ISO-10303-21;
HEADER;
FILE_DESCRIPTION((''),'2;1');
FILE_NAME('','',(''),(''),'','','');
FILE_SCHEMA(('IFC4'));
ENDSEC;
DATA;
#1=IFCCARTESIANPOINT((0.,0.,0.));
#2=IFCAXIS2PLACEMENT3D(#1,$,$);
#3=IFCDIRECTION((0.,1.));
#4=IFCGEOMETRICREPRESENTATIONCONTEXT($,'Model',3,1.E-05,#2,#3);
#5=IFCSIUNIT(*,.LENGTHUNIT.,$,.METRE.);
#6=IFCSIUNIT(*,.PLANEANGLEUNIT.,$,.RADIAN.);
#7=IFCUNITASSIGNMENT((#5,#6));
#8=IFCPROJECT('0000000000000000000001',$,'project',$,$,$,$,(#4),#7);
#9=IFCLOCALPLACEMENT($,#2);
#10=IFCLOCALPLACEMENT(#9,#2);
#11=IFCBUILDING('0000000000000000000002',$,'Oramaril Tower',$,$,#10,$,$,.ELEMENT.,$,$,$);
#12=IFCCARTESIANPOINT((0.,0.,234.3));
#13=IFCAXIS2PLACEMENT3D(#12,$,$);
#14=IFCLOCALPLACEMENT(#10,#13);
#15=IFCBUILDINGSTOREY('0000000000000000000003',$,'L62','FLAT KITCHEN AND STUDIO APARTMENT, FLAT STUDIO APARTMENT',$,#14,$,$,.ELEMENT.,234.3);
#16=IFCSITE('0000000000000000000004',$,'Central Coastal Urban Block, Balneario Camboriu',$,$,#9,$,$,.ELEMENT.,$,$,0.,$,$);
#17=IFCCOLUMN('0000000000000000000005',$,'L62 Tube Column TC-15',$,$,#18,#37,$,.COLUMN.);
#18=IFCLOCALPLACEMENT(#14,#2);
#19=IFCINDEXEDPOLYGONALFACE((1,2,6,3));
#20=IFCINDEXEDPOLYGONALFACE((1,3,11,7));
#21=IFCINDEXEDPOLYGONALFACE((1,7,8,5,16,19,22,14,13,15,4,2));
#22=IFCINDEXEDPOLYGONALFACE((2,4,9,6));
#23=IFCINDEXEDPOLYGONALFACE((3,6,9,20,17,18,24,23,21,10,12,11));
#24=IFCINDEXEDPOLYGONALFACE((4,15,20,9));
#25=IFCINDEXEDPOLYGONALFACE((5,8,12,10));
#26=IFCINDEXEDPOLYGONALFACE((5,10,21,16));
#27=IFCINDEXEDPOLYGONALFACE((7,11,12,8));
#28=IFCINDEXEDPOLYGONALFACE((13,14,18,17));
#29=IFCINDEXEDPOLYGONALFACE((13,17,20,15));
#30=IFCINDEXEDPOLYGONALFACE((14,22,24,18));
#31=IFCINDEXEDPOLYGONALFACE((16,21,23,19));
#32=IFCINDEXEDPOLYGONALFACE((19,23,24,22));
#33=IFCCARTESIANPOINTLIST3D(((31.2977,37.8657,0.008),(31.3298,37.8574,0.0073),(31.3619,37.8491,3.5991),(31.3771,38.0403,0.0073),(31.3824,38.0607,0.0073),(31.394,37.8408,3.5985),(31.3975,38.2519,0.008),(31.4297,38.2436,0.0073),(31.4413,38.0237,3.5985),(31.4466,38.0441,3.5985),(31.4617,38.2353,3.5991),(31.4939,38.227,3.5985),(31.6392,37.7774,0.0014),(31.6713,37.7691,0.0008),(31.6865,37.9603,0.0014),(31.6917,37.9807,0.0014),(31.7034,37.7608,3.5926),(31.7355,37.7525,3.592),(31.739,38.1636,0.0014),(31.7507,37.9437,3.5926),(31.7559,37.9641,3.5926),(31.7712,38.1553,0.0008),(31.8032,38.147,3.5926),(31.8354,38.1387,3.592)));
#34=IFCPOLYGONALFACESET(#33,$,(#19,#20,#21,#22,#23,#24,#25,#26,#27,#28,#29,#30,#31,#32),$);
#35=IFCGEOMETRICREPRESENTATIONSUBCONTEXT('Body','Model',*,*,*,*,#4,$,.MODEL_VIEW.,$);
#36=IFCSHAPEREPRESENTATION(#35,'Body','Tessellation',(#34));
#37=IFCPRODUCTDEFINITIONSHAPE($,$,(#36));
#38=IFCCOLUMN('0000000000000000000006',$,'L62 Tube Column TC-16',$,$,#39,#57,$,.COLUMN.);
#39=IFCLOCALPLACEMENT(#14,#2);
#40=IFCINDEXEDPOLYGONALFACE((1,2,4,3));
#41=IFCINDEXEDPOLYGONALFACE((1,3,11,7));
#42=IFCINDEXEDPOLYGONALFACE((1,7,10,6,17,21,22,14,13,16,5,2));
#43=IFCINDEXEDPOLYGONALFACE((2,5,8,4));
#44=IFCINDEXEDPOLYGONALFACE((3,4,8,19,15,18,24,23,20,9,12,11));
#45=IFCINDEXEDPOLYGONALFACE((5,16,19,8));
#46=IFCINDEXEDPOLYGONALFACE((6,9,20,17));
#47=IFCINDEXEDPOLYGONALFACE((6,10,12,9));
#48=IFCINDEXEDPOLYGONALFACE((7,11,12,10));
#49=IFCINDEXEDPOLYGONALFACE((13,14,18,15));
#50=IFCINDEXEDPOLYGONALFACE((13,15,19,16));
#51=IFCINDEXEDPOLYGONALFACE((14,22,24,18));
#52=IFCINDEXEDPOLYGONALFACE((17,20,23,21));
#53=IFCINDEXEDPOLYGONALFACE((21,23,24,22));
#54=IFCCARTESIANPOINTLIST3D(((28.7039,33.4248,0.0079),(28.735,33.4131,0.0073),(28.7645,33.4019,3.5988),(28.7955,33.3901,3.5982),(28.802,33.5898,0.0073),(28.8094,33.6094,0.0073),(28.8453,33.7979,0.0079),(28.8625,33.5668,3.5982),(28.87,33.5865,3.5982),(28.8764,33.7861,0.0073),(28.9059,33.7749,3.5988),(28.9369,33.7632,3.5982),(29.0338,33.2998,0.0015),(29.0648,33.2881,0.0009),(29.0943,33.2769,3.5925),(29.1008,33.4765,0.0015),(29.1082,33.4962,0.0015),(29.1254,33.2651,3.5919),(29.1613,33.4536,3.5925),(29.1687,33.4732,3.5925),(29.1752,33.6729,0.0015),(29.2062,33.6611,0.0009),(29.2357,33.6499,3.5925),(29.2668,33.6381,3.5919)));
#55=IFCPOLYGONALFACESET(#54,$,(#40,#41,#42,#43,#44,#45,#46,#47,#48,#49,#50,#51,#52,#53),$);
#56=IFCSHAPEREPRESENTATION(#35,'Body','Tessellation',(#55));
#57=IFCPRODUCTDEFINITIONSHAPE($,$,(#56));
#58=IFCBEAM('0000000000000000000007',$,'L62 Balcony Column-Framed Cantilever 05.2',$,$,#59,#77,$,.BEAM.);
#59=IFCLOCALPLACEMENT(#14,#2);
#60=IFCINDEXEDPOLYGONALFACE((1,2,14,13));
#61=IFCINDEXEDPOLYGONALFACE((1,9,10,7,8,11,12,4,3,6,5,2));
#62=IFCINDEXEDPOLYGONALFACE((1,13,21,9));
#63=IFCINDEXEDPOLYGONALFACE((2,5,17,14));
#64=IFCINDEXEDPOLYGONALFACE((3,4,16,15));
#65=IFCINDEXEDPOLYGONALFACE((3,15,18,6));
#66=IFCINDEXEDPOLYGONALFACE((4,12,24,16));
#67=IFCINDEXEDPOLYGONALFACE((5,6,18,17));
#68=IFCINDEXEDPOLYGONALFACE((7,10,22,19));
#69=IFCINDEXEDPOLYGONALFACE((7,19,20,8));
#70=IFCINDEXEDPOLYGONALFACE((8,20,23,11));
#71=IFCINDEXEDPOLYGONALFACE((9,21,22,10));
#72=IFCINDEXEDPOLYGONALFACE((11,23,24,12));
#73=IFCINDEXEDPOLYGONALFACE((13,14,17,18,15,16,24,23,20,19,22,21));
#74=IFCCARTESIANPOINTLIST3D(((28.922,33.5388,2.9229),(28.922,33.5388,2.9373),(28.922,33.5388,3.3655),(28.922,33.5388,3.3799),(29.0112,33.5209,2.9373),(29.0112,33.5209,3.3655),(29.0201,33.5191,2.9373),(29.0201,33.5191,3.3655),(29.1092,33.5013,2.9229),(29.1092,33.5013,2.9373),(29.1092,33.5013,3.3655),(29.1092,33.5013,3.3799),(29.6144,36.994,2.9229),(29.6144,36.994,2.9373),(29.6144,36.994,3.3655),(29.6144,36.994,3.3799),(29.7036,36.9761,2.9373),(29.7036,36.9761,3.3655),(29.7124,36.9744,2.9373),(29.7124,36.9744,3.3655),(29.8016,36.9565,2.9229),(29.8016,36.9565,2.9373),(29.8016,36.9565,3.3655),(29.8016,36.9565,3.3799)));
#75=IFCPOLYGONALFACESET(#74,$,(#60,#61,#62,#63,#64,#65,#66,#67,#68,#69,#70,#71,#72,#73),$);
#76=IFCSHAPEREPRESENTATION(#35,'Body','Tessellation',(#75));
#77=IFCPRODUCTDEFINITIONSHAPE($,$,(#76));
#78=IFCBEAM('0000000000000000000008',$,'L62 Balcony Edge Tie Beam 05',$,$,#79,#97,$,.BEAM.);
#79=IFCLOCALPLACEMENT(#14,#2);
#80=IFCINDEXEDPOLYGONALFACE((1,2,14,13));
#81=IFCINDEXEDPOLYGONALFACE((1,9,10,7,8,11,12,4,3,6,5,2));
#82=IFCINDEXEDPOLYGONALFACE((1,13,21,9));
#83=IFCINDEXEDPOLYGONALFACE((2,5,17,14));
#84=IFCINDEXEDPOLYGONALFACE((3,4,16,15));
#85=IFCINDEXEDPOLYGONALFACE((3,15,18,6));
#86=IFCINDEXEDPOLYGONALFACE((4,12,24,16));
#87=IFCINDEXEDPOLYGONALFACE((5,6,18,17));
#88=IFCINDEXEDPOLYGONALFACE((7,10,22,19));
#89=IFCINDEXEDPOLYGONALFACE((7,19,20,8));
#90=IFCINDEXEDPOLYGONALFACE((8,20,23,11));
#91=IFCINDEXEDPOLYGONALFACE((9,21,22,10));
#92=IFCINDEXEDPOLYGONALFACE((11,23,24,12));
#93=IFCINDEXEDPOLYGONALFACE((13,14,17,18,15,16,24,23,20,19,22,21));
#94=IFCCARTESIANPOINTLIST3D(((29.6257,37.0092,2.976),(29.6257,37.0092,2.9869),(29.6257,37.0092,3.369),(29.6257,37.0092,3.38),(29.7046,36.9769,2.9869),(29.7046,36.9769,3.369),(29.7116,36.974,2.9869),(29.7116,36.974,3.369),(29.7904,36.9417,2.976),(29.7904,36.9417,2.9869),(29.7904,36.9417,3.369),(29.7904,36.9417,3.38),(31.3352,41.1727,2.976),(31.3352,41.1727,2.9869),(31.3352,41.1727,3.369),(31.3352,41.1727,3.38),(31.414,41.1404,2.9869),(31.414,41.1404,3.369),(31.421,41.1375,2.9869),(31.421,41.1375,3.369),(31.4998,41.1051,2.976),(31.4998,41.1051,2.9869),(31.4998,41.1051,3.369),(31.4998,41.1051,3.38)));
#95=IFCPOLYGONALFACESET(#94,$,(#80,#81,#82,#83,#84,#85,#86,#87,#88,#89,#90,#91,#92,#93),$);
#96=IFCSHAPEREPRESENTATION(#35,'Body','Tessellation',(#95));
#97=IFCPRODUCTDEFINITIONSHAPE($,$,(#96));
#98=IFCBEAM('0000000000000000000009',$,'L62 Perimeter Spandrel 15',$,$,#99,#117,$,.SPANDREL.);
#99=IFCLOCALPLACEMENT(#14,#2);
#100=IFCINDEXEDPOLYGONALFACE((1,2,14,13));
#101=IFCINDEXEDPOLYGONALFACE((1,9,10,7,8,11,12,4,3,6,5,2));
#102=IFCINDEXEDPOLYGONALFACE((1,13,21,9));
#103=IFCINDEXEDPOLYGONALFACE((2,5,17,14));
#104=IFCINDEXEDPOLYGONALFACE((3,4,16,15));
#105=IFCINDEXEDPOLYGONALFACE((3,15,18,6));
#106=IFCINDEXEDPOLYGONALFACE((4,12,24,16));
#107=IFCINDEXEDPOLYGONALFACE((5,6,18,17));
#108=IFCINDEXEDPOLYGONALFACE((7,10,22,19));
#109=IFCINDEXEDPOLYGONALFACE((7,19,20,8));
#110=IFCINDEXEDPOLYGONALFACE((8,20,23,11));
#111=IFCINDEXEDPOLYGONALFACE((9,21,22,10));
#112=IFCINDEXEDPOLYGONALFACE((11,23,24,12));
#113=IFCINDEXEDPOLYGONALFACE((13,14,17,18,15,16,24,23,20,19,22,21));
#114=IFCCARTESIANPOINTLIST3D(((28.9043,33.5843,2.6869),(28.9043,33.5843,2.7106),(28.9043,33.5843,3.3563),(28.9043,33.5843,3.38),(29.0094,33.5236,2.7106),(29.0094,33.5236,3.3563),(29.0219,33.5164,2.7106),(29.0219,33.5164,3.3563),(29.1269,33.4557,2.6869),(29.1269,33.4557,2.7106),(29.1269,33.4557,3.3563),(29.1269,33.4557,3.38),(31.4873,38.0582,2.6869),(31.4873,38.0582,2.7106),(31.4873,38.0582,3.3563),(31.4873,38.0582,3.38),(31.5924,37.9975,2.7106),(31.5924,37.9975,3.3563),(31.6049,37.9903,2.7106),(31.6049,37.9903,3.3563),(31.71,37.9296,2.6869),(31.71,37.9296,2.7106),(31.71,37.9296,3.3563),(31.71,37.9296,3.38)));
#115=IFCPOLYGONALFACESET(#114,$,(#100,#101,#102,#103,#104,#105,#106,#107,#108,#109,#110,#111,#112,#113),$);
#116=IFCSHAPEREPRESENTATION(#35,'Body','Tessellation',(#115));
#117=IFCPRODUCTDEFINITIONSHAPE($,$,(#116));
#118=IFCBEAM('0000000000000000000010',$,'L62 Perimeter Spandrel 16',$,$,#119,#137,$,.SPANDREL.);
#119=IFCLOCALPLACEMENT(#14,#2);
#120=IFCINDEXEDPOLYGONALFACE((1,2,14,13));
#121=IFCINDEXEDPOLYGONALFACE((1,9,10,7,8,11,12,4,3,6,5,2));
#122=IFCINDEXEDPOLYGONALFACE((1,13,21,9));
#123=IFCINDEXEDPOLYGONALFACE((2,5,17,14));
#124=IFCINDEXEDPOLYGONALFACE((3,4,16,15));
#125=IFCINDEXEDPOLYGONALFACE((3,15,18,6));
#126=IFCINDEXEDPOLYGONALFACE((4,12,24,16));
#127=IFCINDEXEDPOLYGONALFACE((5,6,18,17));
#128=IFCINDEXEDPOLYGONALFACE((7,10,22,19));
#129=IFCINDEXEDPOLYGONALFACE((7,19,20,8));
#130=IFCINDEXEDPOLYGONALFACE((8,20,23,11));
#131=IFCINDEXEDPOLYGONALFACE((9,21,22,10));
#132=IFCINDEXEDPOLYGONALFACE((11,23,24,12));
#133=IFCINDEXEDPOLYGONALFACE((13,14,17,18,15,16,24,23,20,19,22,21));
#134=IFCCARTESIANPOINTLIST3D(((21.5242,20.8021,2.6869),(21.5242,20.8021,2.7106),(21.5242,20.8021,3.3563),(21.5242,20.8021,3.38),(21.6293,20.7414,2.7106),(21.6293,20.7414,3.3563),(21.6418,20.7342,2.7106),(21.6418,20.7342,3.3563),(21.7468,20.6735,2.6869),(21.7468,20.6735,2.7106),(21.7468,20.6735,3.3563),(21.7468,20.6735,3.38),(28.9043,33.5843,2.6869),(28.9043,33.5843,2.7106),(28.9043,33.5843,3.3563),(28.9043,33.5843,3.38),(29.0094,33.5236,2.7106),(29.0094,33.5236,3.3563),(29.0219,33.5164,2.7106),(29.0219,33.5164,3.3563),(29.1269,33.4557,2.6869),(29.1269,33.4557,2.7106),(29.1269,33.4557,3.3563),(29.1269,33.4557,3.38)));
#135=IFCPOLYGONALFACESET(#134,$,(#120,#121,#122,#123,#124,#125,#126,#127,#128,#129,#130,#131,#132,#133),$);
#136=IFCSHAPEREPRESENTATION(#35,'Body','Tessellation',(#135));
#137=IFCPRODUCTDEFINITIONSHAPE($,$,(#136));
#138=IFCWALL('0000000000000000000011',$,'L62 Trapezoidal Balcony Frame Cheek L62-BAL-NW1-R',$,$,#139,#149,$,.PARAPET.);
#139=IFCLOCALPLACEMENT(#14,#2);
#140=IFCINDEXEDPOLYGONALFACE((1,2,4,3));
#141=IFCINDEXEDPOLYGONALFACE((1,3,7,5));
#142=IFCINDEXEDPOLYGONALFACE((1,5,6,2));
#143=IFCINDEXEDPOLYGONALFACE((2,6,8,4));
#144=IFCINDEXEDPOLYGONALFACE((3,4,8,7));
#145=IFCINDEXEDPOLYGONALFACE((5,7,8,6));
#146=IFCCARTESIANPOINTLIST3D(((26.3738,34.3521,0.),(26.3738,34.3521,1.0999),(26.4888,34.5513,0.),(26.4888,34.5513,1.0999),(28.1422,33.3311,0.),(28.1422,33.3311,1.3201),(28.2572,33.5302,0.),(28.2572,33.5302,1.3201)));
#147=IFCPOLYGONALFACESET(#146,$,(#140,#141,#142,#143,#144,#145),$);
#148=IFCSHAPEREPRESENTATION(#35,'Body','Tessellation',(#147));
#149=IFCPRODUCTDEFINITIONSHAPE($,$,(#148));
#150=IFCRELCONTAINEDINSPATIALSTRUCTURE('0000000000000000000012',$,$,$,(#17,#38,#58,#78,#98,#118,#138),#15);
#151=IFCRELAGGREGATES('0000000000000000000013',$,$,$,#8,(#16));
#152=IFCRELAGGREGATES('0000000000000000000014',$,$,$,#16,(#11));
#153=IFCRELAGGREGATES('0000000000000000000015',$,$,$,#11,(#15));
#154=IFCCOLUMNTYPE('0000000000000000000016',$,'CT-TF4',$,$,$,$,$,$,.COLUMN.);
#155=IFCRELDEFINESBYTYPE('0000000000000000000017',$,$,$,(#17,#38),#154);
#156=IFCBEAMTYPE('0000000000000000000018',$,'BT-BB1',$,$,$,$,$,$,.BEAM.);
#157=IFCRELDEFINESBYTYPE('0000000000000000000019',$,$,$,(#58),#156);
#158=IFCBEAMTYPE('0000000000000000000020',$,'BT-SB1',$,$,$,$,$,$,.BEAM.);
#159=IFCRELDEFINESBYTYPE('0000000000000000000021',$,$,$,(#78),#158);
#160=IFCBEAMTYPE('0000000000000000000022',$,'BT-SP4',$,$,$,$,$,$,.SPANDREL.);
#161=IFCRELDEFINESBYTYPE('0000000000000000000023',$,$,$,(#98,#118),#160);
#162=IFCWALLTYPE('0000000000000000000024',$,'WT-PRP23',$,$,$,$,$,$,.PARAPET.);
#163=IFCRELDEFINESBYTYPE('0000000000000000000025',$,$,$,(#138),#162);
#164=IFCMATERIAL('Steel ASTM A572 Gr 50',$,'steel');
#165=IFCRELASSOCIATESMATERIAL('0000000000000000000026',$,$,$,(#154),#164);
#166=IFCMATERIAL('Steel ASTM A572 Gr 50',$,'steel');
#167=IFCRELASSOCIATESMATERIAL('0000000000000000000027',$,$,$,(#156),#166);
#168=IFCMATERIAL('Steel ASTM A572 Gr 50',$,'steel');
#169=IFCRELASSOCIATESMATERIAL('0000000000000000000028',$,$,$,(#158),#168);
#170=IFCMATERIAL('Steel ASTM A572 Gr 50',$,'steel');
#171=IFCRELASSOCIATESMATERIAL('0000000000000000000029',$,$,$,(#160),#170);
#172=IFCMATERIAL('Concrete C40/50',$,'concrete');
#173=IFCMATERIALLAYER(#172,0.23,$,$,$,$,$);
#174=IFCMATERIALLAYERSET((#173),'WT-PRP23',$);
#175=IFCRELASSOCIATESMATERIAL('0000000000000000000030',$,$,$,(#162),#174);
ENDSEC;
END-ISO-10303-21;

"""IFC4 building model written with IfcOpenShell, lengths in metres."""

from ifc_helpers import new_model, si_unit, direction, frame, origin, origin_2d, place, context, subcontext, project, spatial, polyline, i_section, outline, extrude, material, layer, layer_set, material_profile, profile_set, type_object, element, save


model = new_model("IFC4")

# Units and contexts
model_context = context("Model", 3, precision=1e-05, world=origin(), true_north=direction((0.0, 1.0)))
body_context = subcontext(model_context, "Body", "Model", "MODEL_VIEW")
ifc_project = project(units=[si_unit("LENGTHUNIT", "METRE"), si_unit("PLANEANGLEUNIT", "RADIAN")], contexts=[model_context])

# Site, building, storey
site_placement = place(None, origin())
site = spatial("IfcSite", under=ifc_project, at=site_placement, Name="Central Coastal Urban Block, Balneario Camboriu", CompositionType="ELEMENT", RefElevation=0.0)
building_placement = place(site_placement, origin())
building = spatial("IfcBuilding", under=site, at=building_placement, Name="Oramaril Tower", CompositionType="ELEMENT")
storey_placement = place(building_placement, frame((0.0, 0.0, 234.3)))
storey = spatial("IfcBuildingStorey", under=building, at=storey_placement, Name="L62", Description="FLAT KITCHEN AND STUDIO APARTMENT, FLAT STUDIO APARTMENT", CompositionType="ELEMENT", Elevation=234.3)

# Columns
ifc_material_1 = material(Name="Steel ASTM A572 Gr 50", Category="steel")
ifc_material_profile_1 = material_profile(ifc_material_1, i_section(OverallWidth=0.3989, OverallDepth=0.386, WebThickness=0.021, FlangeThickness=0.0332, at=origin_2d()), Name="W14X176")
ifc_profile_set_1 = profile_set([ifc_material_profile_1], Name="Steel ASTM A572 Gr 50")
column_type = type_object("IfcColumnType", Name="CT-TF4", PredefinedType="COLUMN", material=ifc_profile_set_1)
column_1_placement = place(storey_placement, frame((31.5344, 38.0105, 0.0044), z_axis=(0.017877, -0.004622, 0.99983), x_axis=(0.250323, 0.968162, 0.0)))
element("IfcColumn", 1, at=column_1_placement, inside=storey, type_object=column_type, Name="L62 Tube Column TC-15", PredefinedType="COLUMN", context=body_context, shape_type="SweptSolid", body=[
    extrude(i_section(OverallWidth=0.3989, OverallDepth=0.386, WebThickness=0.021, FlangeThickness=0.0332, at=origin_2d()), origin(), (0.0, 0.0, 1.0), 3.5918),
])
column_2_placement = place(storey_placement, frame((28.9551, 33.543, 0.0044), z_axis=(0.016858, -0.00639, 0.999837), x_axis=(0.354427, 0.935084, 0.0)))
element("IfcColumn", 2, at=column_2_placement, inside=storey, type_object=column_type, Name="L62 Tube Column TC-16", PredefinedType="COLUMN", context=body_context, shape_type="SweptSolid", body=[
    extrude(i_section(OverallWidth=0.3989, OverallDepth=0.386, WebThickness=0.021, FlangeThickness=0.0332, at=origin_2d()), origin(), (0.0, 0.0, 1.0), 3.5916),
])

# Beams
ifc_material_2 = material(Name="Steel ASTM A572 Gr 50", Category="steel")
ifc_material_profile_2 = material_profile(ifc_material_2, i_section(OverallWidth=0.1909, OverallDepth=0.457, WebThickness=0.009, FlangeThickness=0.0144, at=origin_2d()), Name="W18X50")
ifc_profile_set_2 = profile_set([ifc_material_profile_2], Name="Steel ASTM A572 Gr 50")
beam_type_1 = type_object("IfcBeamType", Name="BT-BB1", PredefinedType="BEAM", material=ifc_profile_set_2)
beam_1_placement = place(storey_placement, frame((29.0156, 33.52, 3.1514), z_axis=(0.196476, 0.980509, 0.0), x_axis=(-0.980509, 0.196476, 0.0)))
element("IfcBeam", 3, at=beam_1_placement, inside=storey, type_object=beam_type_1, Name="L62 Balcony Column-Framed Cantilever 05.2", PredefinedType="BEAM", context=body_context, shape_type="SweptSolid", body=[
    extrude(i_section(OverallWidth=0.1909, OverallDepth=0.457, WebThickness=0.009, FlangeThickness=0.0144, at=origin_2d()), origin(), (0.0, 0.0, 1.0), 3.5239),
])
ifc_material_3 = material(Name="Steel ASTM A572 Gr 50", Category="steel")
ifc_material_profile_3 = material_profile(ifc_material_3, i_section(OverallWidth=0.178, OverallDepth=0.4041, WebThickness=0.0076, FlangeThickness=0.011, at=origin_2d()), Name="W16X36")
ifc_profile_set_3 = profile_set([ifc_material_profile_3], Name="Steel ASTM A572 Gr 50")
beam_type_2 = type_object("IfcBeamType", Name="BT-SB1", PredefinedType="BEAM", material=ifc_profile_set_3)
beam_2_placement = place(storey_placement, frame((31.4175, 41.1389, 3.178), z_axis=(-0.379811, -0.925064, 0.0), x_axis=(0.925064, -0.379811, 0.0)))
element("IfcBeam", 4, at=beam_2_placement, inside=storey, type_object=beam_type_2, Name="L62 Balcony Edge Tie Beam 05", PredefinedType="BEAM", context=body_context, shape_type="SweptSolid", body=[
    extrude(i_section(OverallWidth=0.178, OverallDepth=0.4041, WebThickness=0.0076, FlangeThickness=0.011, at=origin_2d()), origin(), (0.0, 0.0, 1.0), 4.5007),
])
ifc_material_4 = material(Name="Steel ASTM A572 Gr 50", Category="steel")
ifc_material_profile_4 = material_profile(ifc_material_4, i_section(OverallWidth=0.2571, OverallDepth=0.6931, WebThickness=0.0144, FlangeThickness=0.0237, at=origin_2d()), Name="W27X114")
ifc_profile_set_4 = profile_set([ifc_material_profile_4], Name="Steel ASTM A572 Gr 50")
beam_type_3 = type_object("IfcBeamType", Name="BT-SP4", PredefinedType="SPANDREL", material=ifc_profile_set_4)
beam_3_placement = place(storey_placement, frame((31.5986, 37.9939, 3.0334), z_axis=(-0.500002, -0.866024, 0.0), x_axis=(0.866024, -0.500002, 0.0)))
element("IfcBeam", 5, at=beam_3_placement, inside=storey, type_object=beam_type_3, Name="L62 Perimeter Spandrel 15", PredefinedType="SPANDREL", context=body_context, shape_type="SweptSolid", body=[
    extrude(i_section(OverallWidth=0.2571, OverallDepth=0.6931, WebThickness=0.0144, FlangeThickness=0.0237, at=origin_2d()), origin(), (0.0, 0.0, 1.0), 5.166),
])
beam_4_placement = place(storey_placement, frame((29.0156, 33.52, 3.0334), z_axis=(-0.500015, -0.866016, 0.0), x_axis=(0.866016, -0.500015, 0.0)))
element("IfcBeam", 6, at=beam_4_placement, inside=storey, type_object=beam_type_3, Name="L62 Perimeter Spandrel 16", PredefinedType="SPANDREL", context=body_context, shape_type="SweptSolid", body=[
    extrude(i_section(OverallWidth=0.2571, OverallDepth=0.6931, WebThickness=0.0144, FlangeThickness=0.0237, at=origin_2d()), origin(), (0.0, 0.0, 1.0), 14.7598),
])

# Wall
ifc_material_5 = material(Name="Concrete C40/50", Category="concrete")
ifc_layer_1 = layer(ifc_material_5, 0.23)
ifc_layer_set_1 = layer_set([ifc_layer_1], Name="WT-PRP23")
wall_type_1 = type_object("IfcWallType", Name="WT-PRP23", PredefinedType="PARAPET", material=ifc_layer_set_1)
wall_1_placement = place(storey_placement, frame((28.1997, 33.4307, 0.0), z_axis=(0.0, 0.0, 1.0), x_axis=(-0.866012, 0.500023, 0.0)))
element("IfcWall", 7, at=wall_1_placement, inside=storey, type_object=wall_type_1, Name="L62 Trapezoidal Balcony Frame Cheek L62-BAL-NW1-R", PredefinedType="PARAPET", context=body_context, shape_type="SweptSolid", body=[
    extrude(outline(polyline([(0.0, 0.0), (2.042, 0.0), (2.042, 1.0999), (0.0, 1.3201), (0.0, 0.0)])), frame((0.0, 0.115, 0.0), z_axis=(0.0, -1.0, 0.0), x_axis=(1.0, 0.0, 0.0)), (0.0, 0.0, 1.0), 0.23),
])

save(model, "model.ifc")
